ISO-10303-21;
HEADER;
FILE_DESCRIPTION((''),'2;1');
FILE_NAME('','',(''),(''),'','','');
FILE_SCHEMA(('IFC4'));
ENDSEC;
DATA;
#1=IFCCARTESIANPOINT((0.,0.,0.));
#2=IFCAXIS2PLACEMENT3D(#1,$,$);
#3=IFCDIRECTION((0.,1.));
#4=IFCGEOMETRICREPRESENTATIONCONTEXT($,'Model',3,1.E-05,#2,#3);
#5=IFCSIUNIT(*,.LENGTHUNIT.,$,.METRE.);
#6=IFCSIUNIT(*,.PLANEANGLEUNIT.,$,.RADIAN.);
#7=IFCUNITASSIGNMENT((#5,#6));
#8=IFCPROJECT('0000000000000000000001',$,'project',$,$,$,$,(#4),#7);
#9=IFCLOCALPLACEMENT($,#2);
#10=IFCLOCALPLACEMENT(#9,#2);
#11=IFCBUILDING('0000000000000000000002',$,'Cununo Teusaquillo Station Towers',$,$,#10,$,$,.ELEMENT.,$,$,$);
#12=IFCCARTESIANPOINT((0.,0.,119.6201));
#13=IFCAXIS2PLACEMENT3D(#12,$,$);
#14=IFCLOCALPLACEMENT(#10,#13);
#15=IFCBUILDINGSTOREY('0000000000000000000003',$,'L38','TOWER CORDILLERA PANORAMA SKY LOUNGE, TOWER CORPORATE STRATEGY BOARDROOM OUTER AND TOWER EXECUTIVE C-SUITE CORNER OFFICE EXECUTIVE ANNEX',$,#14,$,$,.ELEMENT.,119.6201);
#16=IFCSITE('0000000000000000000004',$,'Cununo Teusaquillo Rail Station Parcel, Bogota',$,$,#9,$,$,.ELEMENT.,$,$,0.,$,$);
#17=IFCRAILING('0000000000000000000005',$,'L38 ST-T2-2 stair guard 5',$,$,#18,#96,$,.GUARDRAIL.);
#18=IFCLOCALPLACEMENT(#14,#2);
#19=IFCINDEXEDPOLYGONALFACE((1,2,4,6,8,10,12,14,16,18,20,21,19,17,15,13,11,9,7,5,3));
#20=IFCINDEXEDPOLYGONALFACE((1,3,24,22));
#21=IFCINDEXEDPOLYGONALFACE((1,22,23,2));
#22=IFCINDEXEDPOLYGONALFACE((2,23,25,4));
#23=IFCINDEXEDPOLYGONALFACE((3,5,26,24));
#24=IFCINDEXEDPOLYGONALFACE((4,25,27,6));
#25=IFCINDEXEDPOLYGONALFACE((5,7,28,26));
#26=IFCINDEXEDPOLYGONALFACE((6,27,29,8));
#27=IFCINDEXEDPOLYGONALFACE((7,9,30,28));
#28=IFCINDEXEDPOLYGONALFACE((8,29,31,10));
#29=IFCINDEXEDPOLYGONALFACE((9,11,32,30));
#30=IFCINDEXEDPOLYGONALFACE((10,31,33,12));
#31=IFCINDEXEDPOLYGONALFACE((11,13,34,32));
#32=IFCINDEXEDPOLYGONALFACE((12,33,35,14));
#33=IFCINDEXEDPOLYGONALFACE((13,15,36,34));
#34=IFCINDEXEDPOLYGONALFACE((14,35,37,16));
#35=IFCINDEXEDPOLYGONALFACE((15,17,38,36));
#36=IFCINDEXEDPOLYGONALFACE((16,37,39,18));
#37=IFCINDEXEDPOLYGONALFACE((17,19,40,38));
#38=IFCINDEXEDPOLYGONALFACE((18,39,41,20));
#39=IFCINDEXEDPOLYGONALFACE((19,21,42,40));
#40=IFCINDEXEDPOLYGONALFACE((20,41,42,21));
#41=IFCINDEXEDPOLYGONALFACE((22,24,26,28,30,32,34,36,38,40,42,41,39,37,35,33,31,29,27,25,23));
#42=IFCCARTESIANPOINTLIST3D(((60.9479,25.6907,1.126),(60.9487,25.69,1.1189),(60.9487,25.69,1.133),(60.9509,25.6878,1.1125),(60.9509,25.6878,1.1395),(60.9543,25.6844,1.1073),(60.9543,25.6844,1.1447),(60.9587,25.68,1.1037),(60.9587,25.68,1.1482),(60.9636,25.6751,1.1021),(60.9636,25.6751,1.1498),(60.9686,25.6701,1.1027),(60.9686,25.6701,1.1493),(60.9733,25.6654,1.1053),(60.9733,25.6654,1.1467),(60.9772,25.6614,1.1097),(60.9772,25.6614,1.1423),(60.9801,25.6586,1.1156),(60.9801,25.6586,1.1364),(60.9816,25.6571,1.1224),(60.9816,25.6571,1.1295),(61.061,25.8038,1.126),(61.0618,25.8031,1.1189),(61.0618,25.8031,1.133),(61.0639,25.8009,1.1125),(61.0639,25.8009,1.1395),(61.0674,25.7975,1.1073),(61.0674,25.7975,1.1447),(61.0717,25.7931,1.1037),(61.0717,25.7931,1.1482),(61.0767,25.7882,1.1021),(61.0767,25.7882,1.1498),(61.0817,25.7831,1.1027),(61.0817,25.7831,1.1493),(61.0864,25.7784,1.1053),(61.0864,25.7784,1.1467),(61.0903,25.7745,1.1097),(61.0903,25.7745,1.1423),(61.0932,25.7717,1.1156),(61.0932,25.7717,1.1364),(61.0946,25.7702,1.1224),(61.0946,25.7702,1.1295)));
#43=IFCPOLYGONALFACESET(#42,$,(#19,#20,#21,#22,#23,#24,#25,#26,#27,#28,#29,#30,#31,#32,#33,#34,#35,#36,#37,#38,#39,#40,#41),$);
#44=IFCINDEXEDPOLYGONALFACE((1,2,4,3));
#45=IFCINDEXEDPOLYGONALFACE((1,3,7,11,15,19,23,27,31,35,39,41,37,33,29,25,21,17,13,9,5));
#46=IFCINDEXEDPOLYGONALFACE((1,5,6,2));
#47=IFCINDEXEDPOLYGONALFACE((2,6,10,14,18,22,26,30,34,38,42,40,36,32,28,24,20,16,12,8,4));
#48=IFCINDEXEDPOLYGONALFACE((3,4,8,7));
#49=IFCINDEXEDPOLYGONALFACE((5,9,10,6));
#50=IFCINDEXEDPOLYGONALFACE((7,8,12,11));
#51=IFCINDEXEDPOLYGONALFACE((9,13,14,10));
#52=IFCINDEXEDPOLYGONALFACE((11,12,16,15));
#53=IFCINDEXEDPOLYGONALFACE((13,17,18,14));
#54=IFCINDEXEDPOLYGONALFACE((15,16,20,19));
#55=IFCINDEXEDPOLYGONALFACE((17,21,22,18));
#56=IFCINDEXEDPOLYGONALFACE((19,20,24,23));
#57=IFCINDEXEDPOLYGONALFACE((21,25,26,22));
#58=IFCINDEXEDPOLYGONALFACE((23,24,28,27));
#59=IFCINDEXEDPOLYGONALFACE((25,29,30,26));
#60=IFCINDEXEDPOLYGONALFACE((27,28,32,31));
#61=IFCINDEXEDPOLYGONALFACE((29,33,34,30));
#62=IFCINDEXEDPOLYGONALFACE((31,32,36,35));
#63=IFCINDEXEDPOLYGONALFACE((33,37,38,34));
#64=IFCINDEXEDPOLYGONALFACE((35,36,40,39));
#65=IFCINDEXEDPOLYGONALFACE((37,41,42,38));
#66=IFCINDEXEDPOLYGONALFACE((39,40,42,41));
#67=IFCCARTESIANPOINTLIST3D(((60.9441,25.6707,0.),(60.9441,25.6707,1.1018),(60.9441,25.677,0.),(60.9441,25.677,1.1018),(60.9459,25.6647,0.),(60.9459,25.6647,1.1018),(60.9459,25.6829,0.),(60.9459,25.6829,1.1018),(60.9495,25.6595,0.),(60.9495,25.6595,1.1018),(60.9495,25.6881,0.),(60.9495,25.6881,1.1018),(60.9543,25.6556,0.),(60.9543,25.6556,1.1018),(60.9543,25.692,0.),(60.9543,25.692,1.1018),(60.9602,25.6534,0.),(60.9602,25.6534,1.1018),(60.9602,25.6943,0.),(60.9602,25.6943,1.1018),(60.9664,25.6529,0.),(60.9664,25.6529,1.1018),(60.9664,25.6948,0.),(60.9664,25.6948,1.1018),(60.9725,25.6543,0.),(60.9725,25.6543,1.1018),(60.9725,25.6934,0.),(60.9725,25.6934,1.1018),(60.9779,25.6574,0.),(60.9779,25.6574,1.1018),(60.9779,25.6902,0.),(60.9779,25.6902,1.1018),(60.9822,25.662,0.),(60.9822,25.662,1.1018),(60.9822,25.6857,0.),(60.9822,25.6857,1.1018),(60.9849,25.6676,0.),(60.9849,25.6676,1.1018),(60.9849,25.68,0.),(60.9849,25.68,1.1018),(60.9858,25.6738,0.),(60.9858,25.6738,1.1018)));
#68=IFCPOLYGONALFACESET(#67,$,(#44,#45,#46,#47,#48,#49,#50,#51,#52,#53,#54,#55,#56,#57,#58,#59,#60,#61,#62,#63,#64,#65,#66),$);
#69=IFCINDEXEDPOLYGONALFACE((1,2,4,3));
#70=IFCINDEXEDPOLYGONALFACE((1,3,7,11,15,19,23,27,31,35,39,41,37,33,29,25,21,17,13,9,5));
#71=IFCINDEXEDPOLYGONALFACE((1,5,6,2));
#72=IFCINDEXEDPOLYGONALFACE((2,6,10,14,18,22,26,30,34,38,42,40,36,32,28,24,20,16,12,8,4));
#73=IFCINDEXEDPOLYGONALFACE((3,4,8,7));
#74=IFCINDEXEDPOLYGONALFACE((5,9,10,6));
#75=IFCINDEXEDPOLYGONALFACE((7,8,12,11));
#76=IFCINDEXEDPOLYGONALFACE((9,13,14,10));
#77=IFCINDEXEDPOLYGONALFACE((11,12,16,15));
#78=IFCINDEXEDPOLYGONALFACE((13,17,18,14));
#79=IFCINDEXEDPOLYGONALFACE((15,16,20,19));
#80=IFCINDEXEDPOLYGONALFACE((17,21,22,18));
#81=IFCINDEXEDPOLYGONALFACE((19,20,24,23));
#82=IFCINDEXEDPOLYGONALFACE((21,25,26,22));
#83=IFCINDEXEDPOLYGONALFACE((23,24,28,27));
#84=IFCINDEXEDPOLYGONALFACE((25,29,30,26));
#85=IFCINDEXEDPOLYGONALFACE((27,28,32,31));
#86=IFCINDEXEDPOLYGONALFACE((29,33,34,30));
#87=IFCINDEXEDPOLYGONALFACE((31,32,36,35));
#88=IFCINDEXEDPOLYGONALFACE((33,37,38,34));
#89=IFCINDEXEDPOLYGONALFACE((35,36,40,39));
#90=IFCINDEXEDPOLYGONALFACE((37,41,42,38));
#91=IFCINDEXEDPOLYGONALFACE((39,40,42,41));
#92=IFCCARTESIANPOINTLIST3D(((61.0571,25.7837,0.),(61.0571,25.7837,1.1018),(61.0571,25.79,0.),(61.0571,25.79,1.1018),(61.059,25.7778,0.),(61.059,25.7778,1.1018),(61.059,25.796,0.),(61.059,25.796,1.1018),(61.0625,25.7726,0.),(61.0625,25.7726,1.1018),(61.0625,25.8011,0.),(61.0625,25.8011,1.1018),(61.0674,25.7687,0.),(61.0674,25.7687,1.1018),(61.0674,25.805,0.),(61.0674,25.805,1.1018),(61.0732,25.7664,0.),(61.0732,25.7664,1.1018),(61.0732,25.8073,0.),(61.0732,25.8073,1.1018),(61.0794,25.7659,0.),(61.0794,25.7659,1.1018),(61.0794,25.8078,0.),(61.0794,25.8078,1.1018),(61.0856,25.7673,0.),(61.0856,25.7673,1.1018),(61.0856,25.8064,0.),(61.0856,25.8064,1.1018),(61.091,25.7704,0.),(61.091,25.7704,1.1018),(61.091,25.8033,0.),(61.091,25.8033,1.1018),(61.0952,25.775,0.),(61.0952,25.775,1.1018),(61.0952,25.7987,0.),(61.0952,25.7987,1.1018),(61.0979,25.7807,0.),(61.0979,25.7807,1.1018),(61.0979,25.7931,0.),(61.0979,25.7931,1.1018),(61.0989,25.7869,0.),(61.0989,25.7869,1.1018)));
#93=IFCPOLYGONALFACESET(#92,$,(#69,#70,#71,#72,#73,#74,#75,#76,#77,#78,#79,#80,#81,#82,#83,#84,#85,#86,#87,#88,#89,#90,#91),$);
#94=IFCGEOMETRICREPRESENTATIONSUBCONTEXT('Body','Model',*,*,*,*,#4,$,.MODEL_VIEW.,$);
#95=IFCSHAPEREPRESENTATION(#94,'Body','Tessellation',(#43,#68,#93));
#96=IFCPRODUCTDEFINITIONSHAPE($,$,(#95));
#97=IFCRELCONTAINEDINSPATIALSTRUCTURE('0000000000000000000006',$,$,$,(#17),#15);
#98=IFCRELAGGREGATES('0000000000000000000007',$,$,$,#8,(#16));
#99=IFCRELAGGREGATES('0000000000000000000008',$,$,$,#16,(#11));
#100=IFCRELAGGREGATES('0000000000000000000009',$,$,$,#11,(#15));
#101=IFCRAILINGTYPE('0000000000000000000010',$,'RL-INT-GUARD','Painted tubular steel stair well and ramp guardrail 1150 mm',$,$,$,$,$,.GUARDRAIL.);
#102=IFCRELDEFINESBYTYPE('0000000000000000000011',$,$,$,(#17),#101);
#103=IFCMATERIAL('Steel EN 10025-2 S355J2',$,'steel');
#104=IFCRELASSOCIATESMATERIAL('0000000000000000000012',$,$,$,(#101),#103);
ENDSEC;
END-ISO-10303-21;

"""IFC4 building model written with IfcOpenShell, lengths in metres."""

from ifc_helpers import new_model, si_unit, direction, frame, origin, origin_2d, place, context, subcontext, project, spatial, circle, extrude, material, type_object, element, save


model = new_model("IFC4")

# Units and contexts
model_context = context("Model", 3, precision=1e-05, world=origin(), true_north=direction((0.0, 1.0)))
body_context = subcontext(model_context, "Body", "Model", "MODEL_VIEW")
ifc_project = project(units=[si_unit("LENGTHUNIT", "METRE"), si_unit("PLANEANGLEUNIT", "RADIAN")], contexts=[model_context])

# Site, building, storey
site_placement = place(None, origin())
site = spatial("IfcSite", under=ifc_project, at=site_placement, Name="Cununo Teusaquillo Rail Station Parcel, Bogota", CompositionType="ELEMENT", RefElevation=0.0)
building_placement = place(site_placement, origin())
building = spatial("IfcBuilding", under=site, at=building_placement, Name="Cununo Teusaquillo Station Towers", CompositionType="ELEMENT")
storey_placement = place(building_placement, frame((0.0, 0.0, 119.6201)))
storey = spatial("IfcBuildingStorey", under=building, at=storey_placement, Name="L38", Description="TOWER CORDILLERA PANORAMA SKY LOUNGE, TOWER CORPORATE STRATEGY BOARDROOM OUTER AND TOWER EXECUTIVE C-SUITE CORNER OFFICE EXECUTIVE ANNEX", CompositionType="ELEMENT", Elevation=119.6201)

# Railing
ifc_material_1 = material(Name="Steel EN 10025-2 S355J2", Category="steel")
railing_type_1 = type_object("IfcRailingType", Name="RL-INT-GUARD", Description="Painted tubular steel stair well and ramp guardrail 1150 mm", PredefinedType="GUARDRAIL", material=ifc_material_1)
railing_1_placement = place(storey_placement, frame((60.9648, 25.6738, 0.0)))
element("IfcRailing", 1, at=railing_1_placement, inside=storey, type_object=railing_type_1, Name="L38 ST-T2-2 stair guard 5", PredefinedType="GUARDRAIL", context=body_context, shape_type="SweptSolid", body=[
    extrude(circle(Radius=0.0239, at=origin_2d()), frame((0.0, 0.0, 1.126), z_axis=(0.707107, 0.707107, 0.0), x_axis=(-0.707107, 0.707107, 0.0)), (0.0, 0.0, 1.0), 0.1599),
    extrude(circle(Radius=0.021, at=origin_2d()), origin(), (0.0, 0.0, 1.0), 1.1018),
    extrude(circle(Radius=0.021, at=origin_2d()), frame((0.113, 0.113, 0.0)), (0.0, 0.0, 1.0), 1.1018),
])

save(model, "model.ifc")
